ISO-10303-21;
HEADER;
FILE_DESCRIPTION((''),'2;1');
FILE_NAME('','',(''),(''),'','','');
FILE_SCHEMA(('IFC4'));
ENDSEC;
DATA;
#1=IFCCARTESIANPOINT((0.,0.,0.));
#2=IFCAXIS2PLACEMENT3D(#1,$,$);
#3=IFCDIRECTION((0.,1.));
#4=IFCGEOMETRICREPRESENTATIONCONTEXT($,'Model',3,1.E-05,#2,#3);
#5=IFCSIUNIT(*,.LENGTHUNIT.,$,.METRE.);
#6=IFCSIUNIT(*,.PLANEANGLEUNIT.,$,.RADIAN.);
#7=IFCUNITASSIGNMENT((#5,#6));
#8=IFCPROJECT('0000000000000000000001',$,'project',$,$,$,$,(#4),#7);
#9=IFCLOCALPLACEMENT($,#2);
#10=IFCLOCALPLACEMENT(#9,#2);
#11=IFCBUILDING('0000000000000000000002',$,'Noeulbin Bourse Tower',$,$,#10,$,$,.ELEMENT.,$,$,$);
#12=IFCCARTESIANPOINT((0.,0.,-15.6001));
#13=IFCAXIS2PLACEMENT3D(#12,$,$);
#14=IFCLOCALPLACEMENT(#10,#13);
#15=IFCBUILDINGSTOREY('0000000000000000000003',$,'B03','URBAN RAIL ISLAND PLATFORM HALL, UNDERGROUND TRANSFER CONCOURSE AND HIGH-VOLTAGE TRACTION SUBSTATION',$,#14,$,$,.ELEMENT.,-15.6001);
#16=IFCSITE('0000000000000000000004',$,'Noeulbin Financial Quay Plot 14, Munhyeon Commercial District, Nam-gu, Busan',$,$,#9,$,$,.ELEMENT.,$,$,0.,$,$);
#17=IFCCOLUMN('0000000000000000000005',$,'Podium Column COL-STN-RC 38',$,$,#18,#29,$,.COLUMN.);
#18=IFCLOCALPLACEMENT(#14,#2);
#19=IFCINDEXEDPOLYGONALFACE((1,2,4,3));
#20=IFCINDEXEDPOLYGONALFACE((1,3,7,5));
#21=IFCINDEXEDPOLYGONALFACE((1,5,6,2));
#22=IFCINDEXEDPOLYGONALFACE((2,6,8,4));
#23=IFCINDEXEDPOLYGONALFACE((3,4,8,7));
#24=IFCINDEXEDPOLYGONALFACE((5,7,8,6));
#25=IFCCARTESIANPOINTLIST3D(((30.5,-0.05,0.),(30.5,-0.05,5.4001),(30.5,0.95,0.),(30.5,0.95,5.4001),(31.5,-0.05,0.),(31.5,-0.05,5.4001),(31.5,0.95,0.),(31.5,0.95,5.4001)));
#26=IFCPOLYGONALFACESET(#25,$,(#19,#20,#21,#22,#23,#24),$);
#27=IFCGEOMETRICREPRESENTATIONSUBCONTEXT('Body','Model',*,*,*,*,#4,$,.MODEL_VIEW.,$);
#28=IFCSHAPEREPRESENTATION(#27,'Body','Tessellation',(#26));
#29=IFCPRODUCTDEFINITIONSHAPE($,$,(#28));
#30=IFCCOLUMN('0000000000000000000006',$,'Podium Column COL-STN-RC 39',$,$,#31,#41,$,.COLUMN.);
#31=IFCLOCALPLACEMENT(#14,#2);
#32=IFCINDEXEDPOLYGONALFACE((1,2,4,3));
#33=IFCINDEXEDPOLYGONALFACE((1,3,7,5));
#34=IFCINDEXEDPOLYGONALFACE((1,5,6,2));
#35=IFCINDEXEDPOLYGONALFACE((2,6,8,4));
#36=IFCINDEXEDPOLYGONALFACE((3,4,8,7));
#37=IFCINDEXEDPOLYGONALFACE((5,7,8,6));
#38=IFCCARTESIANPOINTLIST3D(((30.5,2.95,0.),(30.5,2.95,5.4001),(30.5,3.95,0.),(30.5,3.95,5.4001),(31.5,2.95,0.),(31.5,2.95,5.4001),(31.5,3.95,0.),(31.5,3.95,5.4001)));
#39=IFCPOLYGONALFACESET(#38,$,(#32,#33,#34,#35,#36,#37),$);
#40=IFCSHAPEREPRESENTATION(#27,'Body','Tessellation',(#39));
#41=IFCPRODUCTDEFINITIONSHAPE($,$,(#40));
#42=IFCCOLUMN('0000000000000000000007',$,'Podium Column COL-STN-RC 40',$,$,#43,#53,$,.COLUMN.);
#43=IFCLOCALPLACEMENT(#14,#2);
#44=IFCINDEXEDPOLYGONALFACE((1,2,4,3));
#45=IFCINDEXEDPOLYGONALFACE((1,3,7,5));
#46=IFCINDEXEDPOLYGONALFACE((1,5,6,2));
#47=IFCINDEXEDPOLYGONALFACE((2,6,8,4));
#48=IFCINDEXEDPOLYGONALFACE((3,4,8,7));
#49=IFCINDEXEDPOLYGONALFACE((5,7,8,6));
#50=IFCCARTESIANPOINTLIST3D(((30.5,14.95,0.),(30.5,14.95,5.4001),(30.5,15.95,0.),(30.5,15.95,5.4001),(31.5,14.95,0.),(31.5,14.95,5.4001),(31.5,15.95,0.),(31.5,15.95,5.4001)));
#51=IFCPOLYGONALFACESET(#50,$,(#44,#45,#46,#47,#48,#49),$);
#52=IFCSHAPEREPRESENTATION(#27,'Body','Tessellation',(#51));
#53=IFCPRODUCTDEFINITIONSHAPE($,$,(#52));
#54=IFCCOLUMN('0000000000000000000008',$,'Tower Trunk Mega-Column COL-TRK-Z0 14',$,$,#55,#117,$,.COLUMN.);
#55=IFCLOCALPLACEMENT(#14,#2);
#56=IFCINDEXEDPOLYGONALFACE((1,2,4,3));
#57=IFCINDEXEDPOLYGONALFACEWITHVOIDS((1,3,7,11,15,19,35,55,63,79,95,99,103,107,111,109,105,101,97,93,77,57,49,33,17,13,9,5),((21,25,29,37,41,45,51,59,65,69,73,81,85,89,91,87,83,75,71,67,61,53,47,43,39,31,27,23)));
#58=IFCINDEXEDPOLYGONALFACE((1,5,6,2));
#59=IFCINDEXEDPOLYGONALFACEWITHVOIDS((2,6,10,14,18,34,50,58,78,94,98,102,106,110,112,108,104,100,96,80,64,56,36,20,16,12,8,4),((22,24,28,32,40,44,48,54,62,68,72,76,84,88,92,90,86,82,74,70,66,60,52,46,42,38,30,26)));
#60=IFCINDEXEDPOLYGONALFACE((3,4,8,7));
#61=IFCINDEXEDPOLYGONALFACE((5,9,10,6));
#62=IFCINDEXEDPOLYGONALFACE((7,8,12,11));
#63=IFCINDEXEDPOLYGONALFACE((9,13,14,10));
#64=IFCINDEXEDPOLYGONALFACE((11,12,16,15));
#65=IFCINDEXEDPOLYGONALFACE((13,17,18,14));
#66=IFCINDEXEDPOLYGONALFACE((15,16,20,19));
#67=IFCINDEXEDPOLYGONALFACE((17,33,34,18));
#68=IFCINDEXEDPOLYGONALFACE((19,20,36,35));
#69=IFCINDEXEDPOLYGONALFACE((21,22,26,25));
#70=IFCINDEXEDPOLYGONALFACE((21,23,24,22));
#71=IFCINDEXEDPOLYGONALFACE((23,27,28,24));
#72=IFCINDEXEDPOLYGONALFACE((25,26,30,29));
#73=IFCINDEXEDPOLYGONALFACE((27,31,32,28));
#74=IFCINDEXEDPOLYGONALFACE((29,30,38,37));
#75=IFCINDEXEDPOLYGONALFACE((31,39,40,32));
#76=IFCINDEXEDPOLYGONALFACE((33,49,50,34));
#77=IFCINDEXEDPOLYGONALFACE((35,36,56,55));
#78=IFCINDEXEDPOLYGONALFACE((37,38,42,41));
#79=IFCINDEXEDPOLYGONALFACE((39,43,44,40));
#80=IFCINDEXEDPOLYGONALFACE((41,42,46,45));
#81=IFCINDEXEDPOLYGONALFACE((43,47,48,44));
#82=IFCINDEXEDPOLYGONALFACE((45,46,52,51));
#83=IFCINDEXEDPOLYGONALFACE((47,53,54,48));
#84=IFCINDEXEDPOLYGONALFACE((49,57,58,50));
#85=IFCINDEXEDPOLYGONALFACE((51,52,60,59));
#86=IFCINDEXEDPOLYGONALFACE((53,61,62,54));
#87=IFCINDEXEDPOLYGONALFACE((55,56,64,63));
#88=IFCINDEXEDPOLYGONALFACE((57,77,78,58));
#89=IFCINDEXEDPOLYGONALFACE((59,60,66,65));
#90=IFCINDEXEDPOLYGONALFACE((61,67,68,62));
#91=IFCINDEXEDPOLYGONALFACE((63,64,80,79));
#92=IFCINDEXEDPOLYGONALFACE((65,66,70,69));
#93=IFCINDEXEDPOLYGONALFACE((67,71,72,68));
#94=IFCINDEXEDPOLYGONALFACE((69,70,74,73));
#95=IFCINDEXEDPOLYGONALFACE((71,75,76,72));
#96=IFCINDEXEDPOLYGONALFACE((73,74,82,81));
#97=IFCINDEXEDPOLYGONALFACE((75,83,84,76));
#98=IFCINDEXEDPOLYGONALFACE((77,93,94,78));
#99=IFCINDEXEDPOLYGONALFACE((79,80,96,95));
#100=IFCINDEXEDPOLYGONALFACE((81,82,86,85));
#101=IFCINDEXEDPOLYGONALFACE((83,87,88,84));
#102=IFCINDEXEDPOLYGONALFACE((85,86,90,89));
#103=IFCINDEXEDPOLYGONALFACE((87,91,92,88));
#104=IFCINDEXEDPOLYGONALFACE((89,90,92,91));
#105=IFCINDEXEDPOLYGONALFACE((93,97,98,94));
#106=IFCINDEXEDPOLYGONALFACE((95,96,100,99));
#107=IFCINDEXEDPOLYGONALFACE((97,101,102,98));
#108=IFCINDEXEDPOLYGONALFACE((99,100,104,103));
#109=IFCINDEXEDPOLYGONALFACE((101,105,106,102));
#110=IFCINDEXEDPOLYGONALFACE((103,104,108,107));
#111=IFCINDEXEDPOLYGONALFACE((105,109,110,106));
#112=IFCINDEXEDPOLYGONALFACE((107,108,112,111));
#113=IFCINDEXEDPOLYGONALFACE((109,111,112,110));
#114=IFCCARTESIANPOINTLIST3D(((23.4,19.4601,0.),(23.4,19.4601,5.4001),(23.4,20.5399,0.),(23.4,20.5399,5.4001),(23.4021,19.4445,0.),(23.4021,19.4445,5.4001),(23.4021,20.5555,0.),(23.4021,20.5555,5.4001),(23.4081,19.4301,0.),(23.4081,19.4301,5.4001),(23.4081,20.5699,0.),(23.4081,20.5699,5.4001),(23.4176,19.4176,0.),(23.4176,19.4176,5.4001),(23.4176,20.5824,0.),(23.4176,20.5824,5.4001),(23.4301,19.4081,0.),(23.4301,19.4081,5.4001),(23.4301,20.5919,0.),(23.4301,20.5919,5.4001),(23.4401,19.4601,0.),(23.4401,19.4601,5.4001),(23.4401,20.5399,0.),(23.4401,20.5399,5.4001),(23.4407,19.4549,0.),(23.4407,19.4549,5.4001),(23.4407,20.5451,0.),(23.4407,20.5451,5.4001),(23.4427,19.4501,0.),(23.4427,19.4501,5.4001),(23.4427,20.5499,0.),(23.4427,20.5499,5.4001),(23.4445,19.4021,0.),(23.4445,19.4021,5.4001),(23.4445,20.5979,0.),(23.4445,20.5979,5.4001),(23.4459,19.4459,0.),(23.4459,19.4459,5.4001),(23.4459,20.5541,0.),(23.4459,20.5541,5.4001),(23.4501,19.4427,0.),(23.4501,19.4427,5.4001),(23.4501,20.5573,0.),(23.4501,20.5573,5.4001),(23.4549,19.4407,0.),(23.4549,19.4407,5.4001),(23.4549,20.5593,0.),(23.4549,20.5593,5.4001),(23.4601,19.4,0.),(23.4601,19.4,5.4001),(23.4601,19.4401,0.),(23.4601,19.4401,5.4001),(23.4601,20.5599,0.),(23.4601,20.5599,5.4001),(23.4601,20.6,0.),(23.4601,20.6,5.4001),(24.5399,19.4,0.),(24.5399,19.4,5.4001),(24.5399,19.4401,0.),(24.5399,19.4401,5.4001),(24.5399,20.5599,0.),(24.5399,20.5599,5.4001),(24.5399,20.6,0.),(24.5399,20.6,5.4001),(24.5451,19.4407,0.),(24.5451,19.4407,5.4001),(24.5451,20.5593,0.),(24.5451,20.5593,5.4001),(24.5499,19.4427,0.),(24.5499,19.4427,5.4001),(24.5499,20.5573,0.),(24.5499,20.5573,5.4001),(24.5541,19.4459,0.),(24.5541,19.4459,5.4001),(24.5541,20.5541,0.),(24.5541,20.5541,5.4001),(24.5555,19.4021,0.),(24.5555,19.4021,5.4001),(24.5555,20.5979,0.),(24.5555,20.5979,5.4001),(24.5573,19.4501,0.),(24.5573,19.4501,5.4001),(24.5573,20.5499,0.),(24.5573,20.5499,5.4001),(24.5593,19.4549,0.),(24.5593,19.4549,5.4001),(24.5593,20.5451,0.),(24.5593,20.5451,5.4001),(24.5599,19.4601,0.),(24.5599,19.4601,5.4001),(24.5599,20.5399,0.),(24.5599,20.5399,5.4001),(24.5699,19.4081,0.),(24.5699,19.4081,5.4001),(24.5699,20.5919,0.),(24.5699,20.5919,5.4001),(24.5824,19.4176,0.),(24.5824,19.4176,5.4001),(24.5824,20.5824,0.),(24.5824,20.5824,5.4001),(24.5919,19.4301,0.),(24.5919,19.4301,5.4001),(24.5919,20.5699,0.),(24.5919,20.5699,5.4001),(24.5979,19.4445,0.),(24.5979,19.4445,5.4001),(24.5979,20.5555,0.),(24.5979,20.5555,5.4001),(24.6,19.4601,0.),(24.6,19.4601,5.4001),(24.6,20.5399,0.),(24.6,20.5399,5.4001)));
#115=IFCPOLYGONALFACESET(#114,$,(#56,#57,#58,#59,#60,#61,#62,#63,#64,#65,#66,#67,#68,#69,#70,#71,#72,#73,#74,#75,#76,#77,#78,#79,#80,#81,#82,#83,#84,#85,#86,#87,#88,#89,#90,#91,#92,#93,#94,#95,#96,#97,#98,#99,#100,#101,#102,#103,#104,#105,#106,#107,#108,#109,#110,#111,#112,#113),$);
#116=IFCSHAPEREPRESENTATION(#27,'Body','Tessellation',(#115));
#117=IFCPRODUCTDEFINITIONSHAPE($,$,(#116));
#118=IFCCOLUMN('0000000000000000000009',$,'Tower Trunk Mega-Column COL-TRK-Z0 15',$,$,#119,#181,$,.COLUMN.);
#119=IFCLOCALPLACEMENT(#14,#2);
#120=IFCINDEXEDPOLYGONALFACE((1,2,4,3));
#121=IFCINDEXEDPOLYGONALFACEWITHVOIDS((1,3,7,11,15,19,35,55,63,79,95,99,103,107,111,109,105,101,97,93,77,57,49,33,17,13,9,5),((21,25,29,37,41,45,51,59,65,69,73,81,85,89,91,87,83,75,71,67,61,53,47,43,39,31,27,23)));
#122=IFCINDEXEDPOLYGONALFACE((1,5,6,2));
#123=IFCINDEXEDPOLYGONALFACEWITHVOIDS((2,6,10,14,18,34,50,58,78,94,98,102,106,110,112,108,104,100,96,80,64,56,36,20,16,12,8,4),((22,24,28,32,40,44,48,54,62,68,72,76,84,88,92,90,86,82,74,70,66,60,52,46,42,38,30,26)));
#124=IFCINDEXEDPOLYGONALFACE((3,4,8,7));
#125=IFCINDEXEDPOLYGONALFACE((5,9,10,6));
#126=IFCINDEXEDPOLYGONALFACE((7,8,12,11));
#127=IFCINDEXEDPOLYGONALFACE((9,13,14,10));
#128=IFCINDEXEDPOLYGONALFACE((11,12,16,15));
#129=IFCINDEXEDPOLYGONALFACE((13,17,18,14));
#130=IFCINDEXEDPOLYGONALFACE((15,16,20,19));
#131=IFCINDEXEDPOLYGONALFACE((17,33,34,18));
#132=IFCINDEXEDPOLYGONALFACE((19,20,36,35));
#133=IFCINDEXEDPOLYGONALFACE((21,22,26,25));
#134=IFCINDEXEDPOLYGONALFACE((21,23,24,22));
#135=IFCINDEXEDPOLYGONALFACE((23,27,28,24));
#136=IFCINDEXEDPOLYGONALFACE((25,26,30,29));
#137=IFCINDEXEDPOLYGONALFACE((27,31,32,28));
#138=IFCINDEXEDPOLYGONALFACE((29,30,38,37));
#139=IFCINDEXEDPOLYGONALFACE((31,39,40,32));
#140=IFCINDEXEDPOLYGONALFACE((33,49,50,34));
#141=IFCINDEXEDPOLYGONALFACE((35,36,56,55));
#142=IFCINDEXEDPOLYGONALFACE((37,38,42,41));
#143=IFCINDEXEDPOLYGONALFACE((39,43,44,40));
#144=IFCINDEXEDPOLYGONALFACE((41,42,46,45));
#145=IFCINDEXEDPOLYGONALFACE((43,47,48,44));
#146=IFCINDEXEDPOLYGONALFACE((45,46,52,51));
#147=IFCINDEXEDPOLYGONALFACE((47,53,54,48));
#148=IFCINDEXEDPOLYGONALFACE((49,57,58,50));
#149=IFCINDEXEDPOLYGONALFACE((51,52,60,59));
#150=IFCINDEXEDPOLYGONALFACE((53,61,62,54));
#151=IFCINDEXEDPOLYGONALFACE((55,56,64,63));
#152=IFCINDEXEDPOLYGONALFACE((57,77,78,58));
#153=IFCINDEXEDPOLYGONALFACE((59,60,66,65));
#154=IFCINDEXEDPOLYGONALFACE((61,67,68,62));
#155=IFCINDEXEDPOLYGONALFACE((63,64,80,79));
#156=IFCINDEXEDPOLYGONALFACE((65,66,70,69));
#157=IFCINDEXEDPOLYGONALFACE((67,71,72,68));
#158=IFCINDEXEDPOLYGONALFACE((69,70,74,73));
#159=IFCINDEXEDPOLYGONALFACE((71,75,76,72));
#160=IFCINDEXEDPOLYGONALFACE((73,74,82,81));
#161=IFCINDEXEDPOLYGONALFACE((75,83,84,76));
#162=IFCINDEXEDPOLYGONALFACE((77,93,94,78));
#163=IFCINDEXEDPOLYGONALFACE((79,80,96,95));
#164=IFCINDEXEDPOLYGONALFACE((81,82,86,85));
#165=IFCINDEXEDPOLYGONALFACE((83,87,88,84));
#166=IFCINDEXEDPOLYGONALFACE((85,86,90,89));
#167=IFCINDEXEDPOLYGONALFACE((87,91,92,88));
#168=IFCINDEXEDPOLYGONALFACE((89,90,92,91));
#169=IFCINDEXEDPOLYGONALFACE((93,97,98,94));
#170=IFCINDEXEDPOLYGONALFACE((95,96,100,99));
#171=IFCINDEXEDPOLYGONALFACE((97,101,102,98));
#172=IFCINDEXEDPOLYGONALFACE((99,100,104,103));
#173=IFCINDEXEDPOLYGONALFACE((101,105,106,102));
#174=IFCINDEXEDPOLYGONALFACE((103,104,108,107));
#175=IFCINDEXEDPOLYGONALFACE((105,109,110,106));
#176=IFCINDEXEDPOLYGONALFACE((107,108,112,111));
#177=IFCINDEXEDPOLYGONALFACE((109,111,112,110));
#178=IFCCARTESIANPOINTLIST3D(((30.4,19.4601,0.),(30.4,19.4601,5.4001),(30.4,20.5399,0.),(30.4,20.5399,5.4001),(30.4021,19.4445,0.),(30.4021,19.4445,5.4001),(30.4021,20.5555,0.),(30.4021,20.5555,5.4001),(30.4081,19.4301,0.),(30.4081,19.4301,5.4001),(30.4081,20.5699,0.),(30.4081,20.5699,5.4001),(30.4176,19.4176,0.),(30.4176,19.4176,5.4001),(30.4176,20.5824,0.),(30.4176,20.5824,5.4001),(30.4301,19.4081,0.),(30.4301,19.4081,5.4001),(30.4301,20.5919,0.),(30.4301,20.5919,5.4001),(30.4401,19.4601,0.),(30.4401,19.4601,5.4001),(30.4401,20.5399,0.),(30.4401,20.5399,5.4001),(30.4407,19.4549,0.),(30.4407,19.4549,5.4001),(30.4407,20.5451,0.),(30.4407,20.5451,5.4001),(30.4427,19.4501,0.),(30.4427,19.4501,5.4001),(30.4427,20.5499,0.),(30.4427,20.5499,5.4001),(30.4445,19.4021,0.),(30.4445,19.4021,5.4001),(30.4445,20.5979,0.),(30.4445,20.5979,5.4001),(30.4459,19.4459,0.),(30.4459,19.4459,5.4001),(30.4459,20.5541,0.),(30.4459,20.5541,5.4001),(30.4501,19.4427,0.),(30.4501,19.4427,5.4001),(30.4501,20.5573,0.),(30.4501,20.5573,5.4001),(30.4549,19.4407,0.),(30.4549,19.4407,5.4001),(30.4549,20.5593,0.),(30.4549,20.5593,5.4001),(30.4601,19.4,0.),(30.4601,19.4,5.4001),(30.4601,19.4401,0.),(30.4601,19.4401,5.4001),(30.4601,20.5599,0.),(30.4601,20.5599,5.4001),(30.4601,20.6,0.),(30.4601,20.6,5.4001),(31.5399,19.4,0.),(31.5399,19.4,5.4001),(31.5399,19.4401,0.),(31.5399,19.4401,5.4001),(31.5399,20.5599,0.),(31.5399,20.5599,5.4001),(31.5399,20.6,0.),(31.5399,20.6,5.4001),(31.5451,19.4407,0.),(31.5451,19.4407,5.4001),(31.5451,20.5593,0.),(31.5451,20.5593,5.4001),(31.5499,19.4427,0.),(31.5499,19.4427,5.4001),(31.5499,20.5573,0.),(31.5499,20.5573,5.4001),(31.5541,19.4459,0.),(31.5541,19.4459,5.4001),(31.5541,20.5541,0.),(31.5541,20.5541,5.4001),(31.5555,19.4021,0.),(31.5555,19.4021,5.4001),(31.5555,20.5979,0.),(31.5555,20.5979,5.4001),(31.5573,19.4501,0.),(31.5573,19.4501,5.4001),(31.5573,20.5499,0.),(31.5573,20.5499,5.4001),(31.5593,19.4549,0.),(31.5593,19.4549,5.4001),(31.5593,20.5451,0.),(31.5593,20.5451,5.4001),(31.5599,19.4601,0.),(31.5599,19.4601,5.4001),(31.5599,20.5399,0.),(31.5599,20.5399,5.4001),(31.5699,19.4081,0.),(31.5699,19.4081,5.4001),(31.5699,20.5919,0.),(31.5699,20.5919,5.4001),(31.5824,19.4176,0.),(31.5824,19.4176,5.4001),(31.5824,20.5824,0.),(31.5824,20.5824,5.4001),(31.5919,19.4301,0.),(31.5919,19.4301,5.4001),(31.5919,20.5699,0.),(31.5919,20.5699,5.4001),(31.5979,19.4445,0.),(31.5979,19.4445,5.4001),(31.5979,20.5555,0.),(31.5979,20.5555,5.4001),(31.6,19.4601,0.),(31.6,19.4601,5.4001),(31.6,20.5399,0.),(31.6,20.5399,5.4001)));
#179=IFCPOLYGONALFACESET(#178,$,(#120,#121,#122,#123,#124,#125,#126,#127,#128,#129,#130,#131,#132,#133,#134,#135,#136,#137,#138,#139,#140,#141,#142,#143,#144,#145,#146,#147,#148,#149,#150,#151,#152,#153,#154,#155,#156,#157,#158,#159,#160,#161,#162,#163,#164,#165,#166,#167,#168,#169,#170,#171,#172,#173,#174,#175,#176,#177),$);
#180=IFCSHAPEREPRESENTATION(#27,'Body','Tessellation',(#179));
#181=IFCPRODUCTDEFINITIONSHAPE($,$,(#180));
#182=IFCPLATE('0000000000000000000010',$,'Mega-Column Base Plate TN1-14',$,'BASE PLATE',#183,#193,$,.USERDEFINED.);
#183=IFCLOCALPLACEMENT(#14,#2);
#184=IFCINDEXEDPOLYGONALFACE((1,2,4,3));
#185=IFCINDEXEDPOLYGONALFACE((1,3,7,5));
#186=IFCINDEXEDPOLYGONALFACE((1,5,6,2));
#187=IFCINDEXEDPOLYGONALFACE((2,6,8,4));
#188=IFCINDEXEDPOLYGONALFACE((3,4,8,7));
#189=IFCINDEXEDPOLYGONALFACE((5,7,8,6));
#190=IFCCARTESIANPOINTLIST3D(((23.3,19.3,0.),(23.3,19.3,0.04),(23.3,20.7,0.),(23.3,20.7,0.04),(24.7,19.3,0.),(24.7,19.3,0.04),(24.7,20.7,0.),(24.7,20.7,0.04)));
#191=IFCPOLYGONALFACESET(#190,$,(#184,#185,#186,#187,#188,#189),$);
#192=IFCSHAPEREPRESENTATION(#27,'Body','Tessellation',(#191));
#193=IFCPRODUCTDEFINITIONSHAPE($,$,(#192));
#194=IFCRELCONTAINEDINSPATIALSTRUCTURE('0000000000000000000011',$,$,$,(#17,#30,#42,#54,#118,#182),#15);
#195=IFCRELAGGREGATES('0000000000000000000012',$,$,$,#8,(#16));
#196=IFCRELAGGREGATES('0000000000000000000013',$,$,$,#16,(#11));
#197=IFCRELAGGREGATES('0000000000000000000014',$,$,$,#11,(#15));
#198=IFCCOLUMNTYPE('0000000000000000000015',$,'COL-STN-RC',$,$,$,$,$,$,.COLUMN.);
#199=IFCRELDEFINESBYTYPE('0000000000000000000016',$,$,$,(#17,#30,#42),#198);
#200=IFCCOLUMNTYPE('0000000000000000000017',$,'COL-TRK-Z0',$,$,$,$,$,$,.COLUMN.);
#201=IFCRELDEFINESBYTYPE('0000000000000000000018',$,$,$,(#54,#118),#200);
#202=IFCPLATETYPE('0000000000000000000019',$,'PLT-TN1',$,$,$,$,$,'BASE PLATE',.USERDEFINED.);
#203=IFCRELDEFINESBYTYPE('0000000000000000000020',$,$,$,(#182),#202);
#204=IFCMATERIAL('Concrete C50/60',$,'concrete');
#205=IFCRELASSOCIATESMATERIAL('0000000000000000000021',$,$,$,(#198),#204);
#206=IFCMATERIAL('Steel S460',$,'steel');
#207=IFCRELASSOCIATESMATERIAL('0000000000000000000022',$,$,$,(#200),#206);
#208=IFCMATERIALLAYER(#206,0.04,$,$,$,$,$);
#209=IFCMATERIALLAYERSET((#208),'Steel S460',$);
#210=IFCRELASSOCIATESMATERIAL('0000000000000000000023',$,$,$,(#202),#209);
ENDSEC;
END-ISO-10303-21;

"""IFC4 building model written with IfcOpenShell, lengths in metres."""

from ifc_helpers import new_model, si_unit, direction, frame, origin, origin_2d, place, context, subcontext, project, spatial, rectangle, hollow_rectangle, extrude, material, layer, layer_set, material_profile, profile_set, type_object, element, save


model = new_model("IFC4")

# Units and contexts
model_context = context("Model", 3, precision=1e-05, world=origin(), true_north=direction((0.0, 1.0)))
body_context = subcontext(model_context, "Body", "Model", "MODEL_VIEW")
ifc_project = project(units=[si_unit("LENGTHUNIT", "METRE"), si_unit("PLANEANGLEUNIT", "RADIAN")], contexts=[model_context])

# Site, building, storey
site_placement = place(None, origin())
site = spatial("IfcSite", under=ifc_project, at=site_placement, Name="Noeulbin Financial Quay Plot 14, Munhyeon Commercial District, Nam-gu, Busan", CompositionType="ELEMENT", RefElevation=0.0)
building_placement = place(site_placement, origin())
building = spatial("IfcBuilding", under=site, at=building_placement, Name="Noeulbin Bourse Tower", CompositionType="ELEMENT")
storey_placement = place(building_placement, frame((0.0, 0.0, -15.6001)))
storey = spatial("IfcBuildingStorey", under=building, at=storey_placement, Name="B03", Description="URBAN RAIL ISLAND PLATFORM HALL, UNDERGROUND TRANSFER CONCOURSE AND HIGH-VOLTAGE TRACTION SUBSTATION", CompositionType="ELEMENT", Elevation=-15.6001)

# Shared definitions
ifc_material_1 = material(Name="Concrete C50/60", Category="concrete")

# Columns
ifc_material_profile_1 = material_profile(ifc_material_1, rectangle(XDim=1.0, YDim=1.0, at=origin_2d()), Name="RC-COL-1000x1000", Category="LoadBearing")
ifc_profile_set_1 = profile_set([ifc_material_profile_1], Name="Concrete C50/60")
column_type_1 = type_object("IfcColumnType", Name="COL-STN-RC", PredefinedType="COLUMN", material=ifc_profile_set_1)
for number, where, z_axis, x_axis, name in (
    (1, (31.0, 0.45, 0.0), (0.0, 0.0, 1.0), (1.0, 0.0, 0.0), "Podium Column COL-STN-RC 38"),
    (2, (31.0, 3.45, 0.0), (0.0, 0.0, 1.0), (1.0, 0.0, 0.0), "Podium Column COL-STN-RC 39"),
    (3, (31.0, 15.45, 0.0), (0.0, 0.0, 1.0), (1.0, 0.0, 0.0), "Podium Column COL-STN-RC 40"),
):
    element("IfcColumn", number, at=place(storey_placement, frame(where, z_axis=z_axis, x_axis=x_axis)), inside=storey, type_object=column_type_1, Name=name, PredefinedType="COLUMN", context=body_context, shape_type="SweptSolid", body=[
        extrude(rectangle(XDim=1.0, YDim=1.0, at=origin_2d()), origin(), (0.0, 0.0, 1.0), 5.4001),
    ])
ifc_material_2 = material(Name="Steel S460", Category="steel")
ifc_material_profile_2 = material_profile(ifc_material_2, hollow_rectangle(XDim=1.2, YDim=1.2, WallThickness=0.04, InnerFilletRadius=0.02, OuterFilletRadius=0.0601, at=origin_2d()), Name="BOX-1200x1200x40", Category="LoadBearing")
ifc_profile_set_2 = profile_set([ifc_material_profile_2], Name="Steel S460")
column_type_2 = type_object("IfcColumnType", Name="COL-TRK-Z0", PredefinedType="COLUMN", material=ifc_profile_set_2)
for number, where, z_axis, x_axis, name in (
    (4, (24.0, 20.0, 0.0), (0.0, 0.0, 1.0), (1.0, 0.0, 0.0), "Tower Trunk Mega-Column COL-TRK-Z0 14"),
    (5, (31.0, 20.0, 0.0), (0.0, 0.0, 1.0), (1.0, 0.0, 0.0), "Tower Trunk Mega-Column COL-TRK-Z0 15"),
):
    element("IfcColumn", number, at=place(storey_placement, frame(where, z_axis=z_axis, x_axis=x_axis)), inside=storey, type_object=column_type_2, Name=name, PredefinedType="COLUMN", context=body_context, shape_type="SweptSolid", body=[
        extrude(hollow_rectangle(XDim=1.2, YDim=1.2, WallThickness=0.04, InnerFilletRadius=0.02, OuterFilletRadius=0.0601, at=origin_2d()), origin(), (0.0, 0.0, 1.0), 5.4001),
    ])

# Plate
ifc_layer = layer(ifc_material_2, 0.04)
ifc_layer_set = layer_set([ifc_layer], Name="Steel S460")
plate_type = type_object("IfcPlateType", Name="PLT-TN1", ElementType="BASE PLATE", PredefinedType="USERDEFINED", material=ifc_layer_set)
plate_placement = place(storey_placement, frame((24.0, 20.0, 0.0), z_axis=(0.0, 0.0, 1.0), x_axis=(1.0, 0.0, 0.0)))
element("IfcPlate", 6, at=plate_placement, inside=storey, type_object=plate_type, Name="Mega-Column Base Plate TN1-14", ObjectType="BASE PLATE", PredefinedType="USERDEFINED", context=body_context, shape_type="SweptSolid", body=[
    extrude(rectangle(XDim=1.3999, YDim=1.3999, at=origin_2d()), origin(), (0.0, 0.0, 1.0), 0.04),
])

save(model, "model.ifc")
